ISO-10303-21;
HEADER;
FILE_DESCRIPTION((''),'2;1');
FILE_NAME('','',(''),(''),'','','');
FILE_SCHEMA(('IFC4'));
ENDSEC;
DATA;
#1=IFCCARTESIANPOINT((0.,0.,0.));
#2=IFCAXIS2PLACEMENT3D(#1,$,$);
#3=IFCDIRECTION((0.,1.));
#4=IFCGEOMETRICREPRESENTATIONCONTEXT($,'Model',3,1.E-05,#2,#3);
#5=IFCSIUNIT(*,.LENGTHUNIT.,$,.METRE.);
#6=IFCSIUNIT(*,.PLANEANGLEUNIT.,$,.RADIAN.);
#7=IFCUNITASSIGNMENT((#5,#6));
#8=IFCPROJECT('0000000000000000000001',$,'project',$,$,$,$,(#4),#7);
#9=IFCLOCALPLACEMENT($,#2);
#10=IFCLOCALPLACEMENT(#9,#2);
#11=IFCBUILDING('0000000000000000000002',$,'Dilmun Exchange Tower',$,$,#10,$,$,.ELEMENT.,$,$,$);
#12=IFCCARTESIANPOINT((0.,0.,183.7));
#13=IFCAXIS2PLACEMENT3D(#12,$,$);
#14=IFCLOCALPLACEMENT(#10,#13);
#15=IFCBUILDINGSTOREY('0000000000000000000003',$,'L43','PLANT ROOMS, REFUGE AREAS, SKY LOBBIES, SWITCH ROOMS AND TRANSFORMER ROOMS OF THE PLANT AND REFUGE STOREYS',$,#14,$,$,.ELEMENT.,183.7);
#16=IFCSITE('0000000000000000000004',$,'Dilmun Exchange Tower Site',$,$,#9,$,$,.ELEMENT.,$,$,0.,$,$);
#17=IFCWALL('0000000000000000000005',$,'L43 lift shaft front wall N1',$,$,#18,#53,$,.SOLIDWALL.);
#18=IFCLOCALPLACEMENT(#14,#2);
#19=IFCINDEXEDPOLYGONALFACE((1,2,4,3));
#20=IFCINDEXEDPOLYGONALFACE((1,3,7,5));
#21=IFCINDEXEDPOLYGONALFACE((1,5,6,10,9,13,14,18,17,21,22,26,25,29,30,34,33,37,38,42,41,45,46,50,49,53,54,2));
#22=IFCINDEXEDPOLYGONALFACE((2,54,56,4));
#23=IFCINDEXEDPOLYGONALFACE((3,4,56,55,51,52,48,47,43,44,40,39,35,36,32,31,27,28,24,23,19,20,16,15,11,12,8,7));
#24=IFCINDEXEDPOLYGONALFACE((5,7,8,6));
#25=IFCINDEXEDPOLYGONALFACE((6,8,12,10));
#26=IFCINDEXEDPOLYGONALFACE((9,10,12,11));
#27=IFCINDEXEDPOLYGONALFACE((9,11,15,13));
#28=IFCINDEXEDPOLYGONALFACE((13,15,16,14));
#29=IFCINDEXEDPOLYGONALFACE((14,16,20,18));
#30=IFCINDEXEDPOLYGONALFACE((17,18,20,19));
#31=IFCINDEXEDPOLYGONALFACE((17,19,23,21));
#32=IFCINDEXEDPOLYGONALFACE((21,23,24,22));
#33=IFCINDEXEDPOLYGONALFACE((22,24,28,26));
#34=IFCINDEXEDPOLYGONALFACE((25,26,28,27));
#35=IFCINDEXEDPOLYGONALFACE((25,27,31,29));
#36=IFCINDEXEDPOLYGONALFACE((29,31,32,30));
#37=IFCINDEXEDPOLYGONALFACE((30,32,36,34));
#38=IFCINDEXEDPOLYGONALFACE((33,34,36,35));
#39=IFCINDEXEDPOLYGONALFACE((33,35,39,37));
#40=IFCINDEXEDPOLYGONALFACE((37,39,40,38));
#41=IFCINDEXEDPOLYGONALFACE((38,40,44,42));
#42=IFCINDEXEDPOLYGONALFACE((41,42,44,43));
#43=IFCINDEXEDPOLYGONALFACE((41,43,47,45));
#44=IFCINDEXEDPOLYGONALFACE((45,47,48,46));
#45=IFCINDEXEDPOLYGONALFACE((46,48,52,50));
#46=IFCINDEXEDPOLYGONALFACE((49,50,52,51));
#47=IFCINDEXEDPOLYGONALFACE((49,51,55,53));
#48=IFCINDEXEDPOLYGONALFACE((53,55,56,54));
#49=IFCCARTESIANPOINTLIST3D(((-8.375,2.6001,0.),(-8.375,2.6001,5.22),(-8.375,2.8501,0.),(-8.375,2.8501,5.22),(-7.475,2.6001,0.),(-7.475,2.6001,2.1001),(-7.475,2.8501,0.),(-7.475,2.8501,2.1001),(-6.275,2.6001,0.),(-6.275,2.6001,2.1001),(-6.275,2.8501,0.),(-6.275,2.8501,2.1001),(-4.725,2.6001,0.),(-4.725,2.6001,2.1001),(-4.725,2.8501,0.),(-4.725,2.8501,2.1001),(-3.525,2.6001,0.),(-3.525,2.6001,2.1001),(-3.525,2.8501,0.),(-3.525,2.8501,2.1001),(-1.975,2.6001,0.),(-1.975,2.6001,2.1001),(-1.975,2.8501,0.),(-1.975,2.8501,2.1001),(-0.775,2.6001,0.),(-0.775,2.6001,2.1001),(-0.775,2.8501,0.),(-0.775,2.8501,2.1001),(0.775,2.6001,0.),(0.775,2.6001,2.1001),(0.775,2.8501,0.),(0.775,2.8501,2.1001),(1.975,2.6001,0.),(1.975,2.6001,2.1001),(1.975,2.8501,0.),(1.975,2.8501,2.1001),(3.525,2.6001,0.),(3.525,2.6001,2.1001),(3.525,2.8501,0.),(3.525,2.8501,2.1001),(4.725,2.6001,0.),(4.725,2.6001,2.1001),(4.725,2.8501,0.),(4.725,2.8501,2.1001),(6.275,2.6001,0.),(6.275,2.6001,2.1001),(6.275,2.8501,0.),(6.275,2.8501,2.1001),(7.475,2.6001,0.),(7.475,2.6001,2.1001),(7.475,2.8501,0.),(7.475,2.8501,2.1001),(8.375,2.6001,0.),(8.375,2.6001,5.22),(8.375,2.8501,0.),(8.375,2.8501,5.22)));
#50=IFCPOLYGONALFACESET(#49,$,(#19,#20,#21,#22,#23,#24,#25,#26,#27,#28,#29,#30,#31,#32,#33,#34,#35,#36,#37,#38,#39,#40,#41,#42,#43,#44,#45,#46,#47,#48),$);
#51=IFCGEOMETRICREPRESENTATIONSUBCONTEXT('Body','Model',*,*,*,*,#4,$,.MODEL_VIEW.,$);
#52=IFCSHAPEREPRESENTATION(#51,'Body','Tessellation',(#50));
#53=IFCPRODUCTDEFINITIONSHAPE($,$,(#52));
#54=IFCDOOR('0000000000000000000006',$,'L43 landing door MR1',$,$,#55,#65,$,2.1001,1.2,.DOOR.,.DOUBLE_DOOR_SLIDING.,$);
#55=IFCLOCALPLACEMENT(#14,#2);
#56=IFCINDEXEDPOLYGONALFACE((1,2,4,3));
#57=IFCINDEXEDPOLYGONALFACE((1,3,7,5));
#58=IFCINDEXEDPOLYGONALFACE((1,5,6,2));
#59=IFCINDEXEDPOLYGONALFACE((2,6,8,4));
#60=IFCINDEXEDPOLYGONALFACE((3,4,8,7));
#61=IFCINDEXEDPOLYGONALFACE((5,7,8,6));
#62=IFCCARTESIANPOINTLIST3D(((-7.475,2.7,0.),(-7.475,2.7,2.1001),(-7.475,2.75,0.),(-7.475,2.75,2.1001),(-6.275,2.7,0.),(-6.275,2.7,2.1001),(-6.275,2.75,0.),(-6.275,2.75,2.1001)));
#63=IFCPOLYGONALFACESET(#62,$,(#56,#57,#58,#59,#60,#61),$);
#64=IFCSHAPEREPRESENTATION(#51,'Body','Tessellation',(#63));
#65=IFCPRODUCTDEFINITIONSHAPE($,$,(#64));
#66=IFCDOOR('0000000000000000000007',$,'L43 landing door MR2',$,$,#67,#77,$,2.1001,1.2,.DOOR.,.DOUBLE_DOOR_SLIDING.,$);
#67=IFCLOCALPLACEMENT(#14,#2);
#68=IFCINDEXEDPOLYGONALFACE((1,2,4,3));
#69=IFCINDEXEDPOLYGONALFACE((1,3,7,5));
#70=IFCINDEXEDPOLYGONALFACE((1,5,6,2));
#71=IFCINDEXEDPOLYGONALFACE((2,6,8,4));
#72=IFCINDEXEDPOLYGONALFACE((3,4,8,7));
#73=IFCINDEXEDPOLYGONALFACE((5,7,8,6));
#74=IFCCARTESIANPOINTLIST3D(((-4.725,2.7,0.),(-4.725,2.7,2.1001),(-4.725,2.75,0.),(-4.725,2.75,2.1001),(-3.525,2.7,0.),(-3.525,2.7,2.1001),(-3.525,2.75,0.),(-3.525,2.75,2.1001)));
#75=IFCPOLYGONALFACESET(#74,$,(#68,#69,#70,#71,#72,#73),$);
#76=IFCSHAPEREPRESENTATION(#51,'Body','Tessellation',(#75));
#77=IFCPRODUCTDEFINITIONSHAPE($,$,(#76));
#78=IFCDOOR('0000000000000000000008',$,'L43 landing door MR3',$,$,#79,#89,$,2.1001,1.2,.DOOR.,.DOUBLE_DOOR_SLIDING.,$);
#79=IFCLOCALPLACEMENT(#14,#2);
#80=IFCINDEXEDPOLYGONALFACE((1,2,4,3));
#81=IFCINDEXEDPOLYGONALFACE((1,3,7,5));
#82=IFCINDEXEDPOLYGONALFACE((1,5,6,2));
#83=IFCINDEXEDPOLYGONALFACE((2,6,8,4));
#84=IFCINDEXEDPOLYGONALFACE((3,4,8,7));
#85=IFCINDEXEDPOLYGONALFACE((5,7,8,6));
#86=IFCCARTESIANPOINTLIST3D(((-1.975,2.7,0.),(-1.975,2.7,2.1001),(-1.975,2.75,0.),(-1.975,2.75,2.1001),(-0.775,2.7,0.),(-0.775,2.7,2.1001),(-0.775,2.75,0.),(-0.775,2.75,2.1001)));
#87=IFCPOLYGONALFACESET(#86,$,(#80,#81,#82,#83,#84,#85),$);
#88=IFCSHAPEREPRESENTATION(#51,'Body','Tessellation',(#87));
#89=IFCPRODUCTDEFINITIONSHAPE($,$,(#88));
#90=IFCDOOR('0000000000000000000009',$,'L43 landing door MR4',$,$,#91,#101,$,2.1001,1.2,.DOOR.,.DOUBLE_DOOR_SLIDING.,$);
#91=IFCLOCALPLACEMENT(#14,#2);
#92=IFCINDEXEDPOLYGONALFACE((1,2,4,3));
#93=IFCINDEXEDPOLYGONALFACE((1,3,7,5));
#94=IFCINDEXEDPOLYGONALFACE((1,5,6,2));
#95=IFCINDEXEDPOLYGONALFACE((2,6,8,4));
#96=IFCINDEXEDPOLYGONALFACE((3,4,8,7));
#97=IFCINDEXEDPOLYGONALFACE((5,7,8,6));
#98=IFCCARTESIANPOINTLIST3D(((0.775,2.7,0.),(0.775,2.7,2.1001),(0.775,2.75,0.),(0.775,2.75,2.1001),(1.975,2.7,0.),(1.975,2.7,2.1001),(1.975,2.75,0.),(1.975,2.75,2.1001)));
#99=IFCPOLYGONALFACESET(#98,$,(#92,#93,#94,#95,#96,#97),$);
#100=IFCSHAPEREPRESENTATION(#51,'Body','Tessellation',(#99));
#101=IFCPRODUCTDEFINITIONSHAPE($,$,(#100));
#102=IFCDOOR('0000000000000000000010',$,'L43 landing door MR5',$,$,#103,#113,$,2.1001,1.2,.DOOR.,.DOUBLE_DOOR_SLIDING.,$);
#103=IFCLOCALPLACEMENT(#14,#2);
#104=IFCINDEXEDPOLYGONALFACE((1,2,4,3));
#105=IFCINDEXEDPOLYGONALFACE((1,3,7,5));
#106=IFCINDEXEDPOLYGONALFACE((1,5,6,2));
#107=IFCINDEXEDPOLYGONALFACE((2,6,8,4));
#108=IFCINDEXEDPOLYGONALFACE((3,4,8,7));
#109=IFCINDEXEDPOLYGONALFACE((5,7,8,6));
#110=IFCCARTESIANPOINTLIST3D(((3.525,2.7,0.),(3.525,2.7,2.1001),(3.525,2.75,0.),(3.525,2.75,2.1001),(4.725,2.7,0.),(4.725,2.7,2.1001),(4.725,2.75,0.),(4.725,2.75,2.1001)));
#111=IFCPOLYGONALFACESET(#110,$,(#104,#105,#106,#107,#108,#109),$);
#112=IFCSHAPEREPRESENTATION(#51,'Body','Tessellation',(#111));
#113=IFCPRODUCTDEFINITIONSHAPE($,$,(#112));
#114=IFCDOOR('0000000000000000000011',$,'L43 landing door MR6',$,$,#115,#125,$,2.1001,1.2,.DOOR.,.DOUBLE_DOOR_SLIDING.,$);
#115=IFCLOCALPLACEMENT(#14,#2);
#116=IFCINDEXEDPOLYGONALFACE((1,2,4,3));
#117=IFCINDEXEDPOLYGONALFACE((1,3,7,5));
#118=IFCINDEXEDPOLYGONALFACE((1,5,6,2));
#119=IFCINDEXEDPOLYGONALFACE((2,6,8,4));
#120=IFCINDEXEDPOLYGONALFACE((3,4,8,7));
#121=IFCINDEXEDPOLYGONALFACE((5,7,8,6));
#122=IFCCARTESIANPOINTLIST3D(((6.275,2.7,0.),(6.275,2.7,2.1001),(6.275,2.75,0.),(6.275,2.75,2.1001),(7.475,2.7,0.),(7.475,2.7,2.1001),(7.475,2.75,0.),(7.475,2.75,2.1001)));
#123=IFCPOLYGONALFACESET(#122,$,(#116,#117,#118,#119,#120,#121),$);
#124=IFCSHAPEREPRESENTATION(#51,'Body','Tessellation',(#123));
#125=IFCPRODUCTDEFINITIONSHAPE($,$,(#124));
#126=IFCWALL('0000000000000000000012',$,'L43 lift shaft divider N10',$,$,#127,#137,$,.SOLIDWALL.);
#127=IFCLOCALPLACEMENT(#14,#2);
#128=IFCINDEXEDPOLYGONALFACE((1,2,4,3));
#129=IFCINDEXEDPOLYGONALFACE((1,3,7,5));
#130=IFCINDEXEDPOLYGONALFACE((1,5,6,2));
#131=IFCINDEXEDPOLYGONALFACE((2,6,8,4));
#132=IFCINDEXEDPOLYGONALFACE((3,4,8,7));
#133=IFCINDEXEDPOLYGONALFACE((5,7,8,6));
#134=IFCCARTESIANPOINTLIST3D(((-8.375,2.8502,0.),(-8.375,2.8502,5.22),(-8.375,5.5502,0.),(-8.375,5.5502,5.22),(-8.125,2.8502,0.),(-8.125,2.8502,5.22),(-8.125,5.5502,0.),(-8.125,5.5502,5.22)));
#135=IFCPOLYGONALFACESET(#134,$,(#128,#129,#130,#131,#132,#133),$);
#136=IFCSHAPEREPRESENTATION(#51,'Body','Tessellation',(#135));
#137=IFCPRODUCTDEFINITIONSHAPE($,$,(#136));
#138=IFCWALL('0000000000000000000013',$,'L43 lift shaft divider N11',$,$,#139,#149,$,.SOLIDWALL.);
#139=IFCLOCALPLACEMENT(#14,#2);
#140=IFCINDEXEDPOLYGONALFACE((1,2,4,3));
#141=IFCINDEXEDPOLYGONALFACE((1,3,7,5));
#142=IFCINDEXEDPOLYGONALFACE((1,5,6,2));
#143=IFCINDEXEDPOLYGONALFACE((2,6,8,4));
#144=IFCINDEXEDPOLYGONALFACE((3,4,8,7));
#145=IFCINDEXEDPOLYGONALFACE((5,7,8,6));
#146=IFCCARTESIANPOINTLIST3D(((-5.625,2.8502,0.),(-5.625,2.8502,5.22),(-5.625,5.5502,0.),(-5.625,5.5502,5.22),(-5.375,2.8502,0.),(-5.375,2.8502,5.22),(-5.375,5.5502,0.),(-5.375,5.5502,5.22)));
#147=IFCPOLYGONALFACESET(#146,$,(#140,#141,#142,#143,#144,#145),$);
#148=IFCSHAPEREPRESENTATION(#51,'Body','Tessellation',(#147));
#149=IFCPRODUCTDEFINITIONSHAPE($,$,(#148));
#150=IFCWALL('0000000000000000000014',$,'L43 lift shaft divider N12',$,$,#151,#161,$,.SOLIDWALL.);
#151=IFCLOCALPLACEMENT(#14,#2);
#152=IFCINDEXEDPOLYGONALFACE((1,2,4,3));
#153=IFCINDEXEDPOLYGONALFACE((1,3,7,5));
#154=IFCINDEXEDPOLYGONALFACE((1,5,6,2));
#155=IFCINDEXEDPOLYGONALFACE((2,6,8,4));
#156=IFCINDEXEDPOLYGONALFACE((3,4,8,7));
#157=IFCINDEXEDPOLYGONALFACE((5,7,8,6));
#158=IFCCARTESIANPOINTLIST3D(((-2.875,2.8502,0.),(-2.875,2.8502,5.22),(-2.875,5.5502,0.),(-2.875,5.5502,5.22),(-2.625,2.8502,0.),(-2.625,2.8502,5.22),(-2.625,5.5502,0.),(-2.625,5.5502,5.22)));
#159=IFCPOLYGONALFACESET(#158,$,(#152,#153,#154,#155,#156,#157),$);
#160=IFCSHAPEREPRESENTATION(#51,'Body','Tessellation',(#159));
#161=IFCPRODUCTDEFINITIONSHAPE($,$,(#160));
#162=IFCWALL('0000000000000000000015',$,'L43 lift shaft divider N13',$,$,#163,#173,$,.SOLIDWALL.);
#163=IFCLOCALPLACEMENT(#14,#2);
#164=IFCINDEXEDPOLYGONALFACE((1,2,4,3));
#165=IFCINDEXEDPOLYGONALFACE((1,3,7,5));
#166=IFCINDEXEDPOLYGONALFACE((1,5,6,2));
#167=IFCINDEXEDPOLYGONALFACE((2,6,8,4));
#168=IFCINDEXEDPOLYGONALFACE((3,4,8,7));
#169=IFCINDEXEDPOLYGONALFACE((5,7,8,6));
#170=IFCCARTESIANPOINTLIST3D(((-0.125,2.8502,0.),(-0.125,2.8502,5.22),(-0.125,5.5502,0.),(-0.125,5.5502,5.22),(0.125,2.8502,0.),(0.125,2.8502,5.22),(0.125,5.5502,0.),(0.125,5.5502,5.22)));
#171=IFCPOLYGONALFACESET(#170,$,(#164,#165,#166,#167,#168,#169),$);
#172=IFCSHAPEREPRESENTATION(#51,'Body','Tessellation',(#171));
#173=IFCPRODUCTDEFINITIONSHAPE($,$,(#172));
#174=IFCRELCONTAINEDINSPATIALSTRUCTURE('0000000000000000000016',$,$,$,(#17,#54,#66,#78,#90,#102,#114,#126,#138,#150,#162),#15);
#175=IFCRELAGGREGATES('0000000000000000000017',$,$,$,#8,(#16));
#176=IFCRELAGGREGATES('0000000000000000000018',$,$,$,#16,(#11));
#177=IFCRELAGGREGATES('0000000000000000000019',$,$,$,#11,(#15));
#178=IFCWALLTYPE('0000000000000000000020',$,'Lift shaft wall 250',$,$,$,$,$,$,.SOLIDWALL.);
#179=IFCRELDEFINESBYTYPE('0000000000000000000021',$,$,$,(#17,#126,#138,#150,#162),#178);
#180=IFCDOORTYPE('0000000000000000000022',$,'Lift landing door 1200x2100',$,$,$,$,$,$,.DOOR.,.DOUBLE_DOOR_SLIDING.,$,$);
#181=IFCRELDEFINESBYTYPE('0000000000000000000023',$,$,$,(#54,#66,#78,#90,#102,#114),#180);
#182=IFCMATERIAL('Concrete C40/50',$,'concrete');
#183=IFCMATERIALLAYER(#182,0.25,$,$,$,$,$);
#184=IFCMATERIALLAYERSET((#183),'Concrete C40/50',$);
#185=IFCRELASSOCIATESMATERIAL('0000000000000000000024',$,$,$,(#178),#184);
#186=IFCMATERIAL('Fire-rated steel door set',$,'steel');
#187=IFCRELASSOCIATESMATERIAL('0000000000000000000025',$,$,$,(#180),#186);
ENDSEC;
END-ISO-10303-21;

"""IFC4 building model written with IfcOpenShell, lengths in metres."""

from ifc_helpers import new_model, si_unit, direction, frame, frame_2d, origin, place, context, subcontext, project, spatial, rectangle, extrude, material, layer, layer_set, type_object, element, fill, save


model = new_model("IFC4")

# Units and contexts
model_context = context("Model", 3, precision=1e-05, world=origin(), true_north=direction((0.0, 1.0)))
body_context = subcontext(model_context, "Body", "Model", "MODEL_VIEW")
ifc_project = project(units=[si_unit("LENGTHUNIT", "METRE"), si_unit("PLANEANGLEUNIT", "RADIAN")], contexts=[model_context])

# Site, building, storey
site_placement = place(None, origin())
site = spatial("IfcSite", under=ifc_project, at=site_placement, Name="Dilmun Exchange Tower Site", CompositionType="ELEMENT", RefElevation=0.0)
building_placement = place(site_placement, origin())
building = spatial("IfcBuilding", under=site, at=building_placement, Name="Dilmun Exchange Tower", CompositionType="ELEMENT")
storey_placement = place(building_placement, frame((0.0, 0.0, 183.7)))
storey = spatial("IfcBuildingStorey", under=building, at=storey_placement, Name="L43", Description="PLANT ROOMS, REFUGE AREAS, SKY LOBBIES, SWITCH ROOMS AND TRANSFORMER ROOMS OF THE PLANT AND REFUGE STOREYS", CompositionType="ELEMENT", Elevation=183.7)

# Shared definitions
ifc_material_1 = material(Name="Concrete C40/50", Category="concrete")

# Shared definitions
ifc_material_2 = material(Name="Fire-rated steel door set", Category="steel")

# Wall, openings, doors
ifc_layer_1 = layer(ifc_material_1, 0.25)
ifc_layer_set_1 = layer_set([ifc_layer_1], Name="Concrete C40/50")
wall_type_1 = type_object("IfcWallType", Name="Lift shaft wall 250", PredefinedType="SOLIDWALL", material=ifc_layer_set_1)
wall_1_placement = place(storey_placement, frame((-8.375, 2.7251, 0.0), z_axis=(0.0, 0.0, 1.0), x_axis=(1.0, 0.0, 0.0)))
wall_1 = element("IfcWall", 1, at=wall_1_placement, inside=storey, type_object=wall_type_1, Name="L43 lift shaft front wall N1", PredefinedType="SOLIDWALL", context=body_context, shape_type="SweptSolid", body=[
    extrude(rectangle(XDim=16.75, YDim=0.25, at=frame_2d((8.375, 0.0))), origin(), (0.0, 0.0, 1.0), 5.22),
])
opening_1_placement = place(wall_1_placement, frame((0.8999, 0.0, 0.0)))
opening_1 = element("IfcOpeningElement", 2, at=opening_1_placement, cuts=wall_1, PredefinedType="OPENING", context=body_context, shape_type="SweptSolid", body=[
    extrude(rectangle(XDim=1.2, YDim=2.1001, at=frame_2d((0.6001, 1.05))), frame((0.0, 0.135, 0.0), z_axis=(0.0, -1.0, 0.0), x_axis=(1.0, 0.0, 0.0)), (0.0, 0.0, 1.0), 0.27),
])
opening_2_placement = place(wall_1_placement, frame((3.6499, 0.0, 0.0)))
opening_2 = element("IfcOpeningElement", 3, at=opening_2_placement, cuts=wall_1, PredefinedType="OPENING", context=body_context, shape_type="SweptSolid", body=[
    extrude(rectangle(XDim=1.2, YDim=2.1001, at=frame_2d((0.6001, 1.05))), frame((0.0, 0.135, 0.0), z_axis=(0.0, -1.0, 0.0), x_axis=(1.0, 0.0, 0.0)), (0.0, 0.0, 1.0), 0.27),
])
opening_3_placement = place(wall_1_placement, frame((6.3999, 0.0, 0.0)))
opening_3 = element("IfcOpeningElement", 4, at=opening_3_placement, cuts=wall_1, PredefinedType="OPENING", context=body_context, shape_type="SweptSolid", body=[
    extrude(rectangle(XDim=1.2, YDim=2.1001, at=frame_2d((0.6001, 1.05))), frame((0.0, 0.135, 0.0), z_axis=(0.0, -1.0, 0.0), x_axis=(1.0, 0.0, 0.0)), (0.0, 0.0, 1.0), 0.27),
])
opening_4_placement = place(wall_1_placement, frame((9.1499, 0.0, 0.0)))
opening_4 = element("IfcOpeningElement", 5, at=opening_4_placement, cuts=wall_1, PredefinedType="OPENING", context=body_context, shape_type="SweptSolid", body=[
    extrude(rectangle(XDim=1.2, YDim=2.1001, at=frame_2d((0.6001, 1.05))), frame((0.0, 0.135, 0.0), z_axis=(0.0, -1.0, 0.0), x_axis=(1.0, 0.0, 0.0)), (0.0, 0.0, 1.0), 0.27),
])
opening_5_placement = place(wall_1_placement, frame((11.8999, 0.0, 0.0)))
opening_5 = element("IfcOpeningElement", 6, at=opening_5_placement, cuts=wall_1, PredefinedType="OPENING", context=body_context, shape_type="SweptSolid", body=[
    extrude(rectangle(XDim=1.2, YDim=2.1001, at=frame_2d((0.6001, 1.05))), frame((0.0, 0.135, 0.0), z_axis=(0.0, -1.0, 0.0), x_axis=(1.0, 0.0, 0.0)), (0.0, 0.0, 1.0), 0.27),
])
opening_6_placement = place(wall_1_placement, frame((14.6499, 0.0, 0.0)))
opening_6 = element("IfcOpeningElement", 7, at=opening_6_placement, cuts=wall_1, PredefinedType="OPENING", context=body_context, shape_type="SweptSolid", body=[
    extrude(rectangle(XDim=1.2, YDim=2.1001, at=frame_2d((0.6001, 1.05))), frame((0.0, 0.135, 0.0), z_axis=(0.0, -1.0, 0.0), x_axis=(1.0, 0.0, 0.0)), (0.0, 0.0, 1.0), 0.27),
])
door_type_1 = type_object("IfcDoorType", Name="Lift landing door 1200x2100", OperationType="DOUBLE_DOOR_SLIDING", PredefinedType="DOOR", material=ifc_material_2)
door_1_placement = place(opening_1_placement, origin())
door_1 = element("IfcDoor", 8, at=door_1_placement, inside=storey, type_object=door_type_1, Name="L43 landing door MR1", OperationType="DOUBLE_DOOR_SLIDING", OverallHeight=2.1001, OverallWidth=1.2, PredefinedType="DOOR", context=body_context, shape_type="SweptSolid", body=[
    extrude(rectangle(XDim=1.2, YDim=2.1001, at=frame_2d((0.6001, 1.05))), frame((0.0, 0.0249, 0.0), z_axis=(0.0, -1.0, 0.0), x_axis=(1.0, 0.0, 0.0)), (0.0, 0.0, 1.0), 0.05),
])
fill(opening_1, door_1)
door_2_placement = place(opening_2_placement, origin())
door_2 = element("IfcDoor", 9, at=door_2_placement, inside=storey, type_object=door_type_1, Name="L43 landing door MR2", OperationType="DOUBLE_DOOR_SLIDING", OverallHeight=2.1001, OverallWidth=1.2, PredefinedType="DOOR", context=body_context, shape_type="SweptSolid", body=[
    extrude(rectangle(XDim=1.2, YDim=2.1001, at=frame_2d((0.6001, 1.05))), frame((0.0, 0.0249, 0.0), z_axis=(0.0, -1.0, 0.0), x_axis=(1.0, 0.0, 0.0)), (0.0, 0.0, 1.0), 0.05),
])
fill(opening_2, door_2)
door_3_placement = place(opening_3_placement, origin())
door_3 = element("IfcDoor", 10, at=door_3_placement, inside=storey, type_object=door_type_1, Name="L43 landing door MR3", OperationType="DOUBLE_DOOR_SLIDING", OverallHeight=2.1001, OverallWidth=1.2, PredefinedType="DOOR", context=body_context, shape_type="SweptSolid", body=[
    extrude(rectangle(XDim=1.2, YDim=2.1001, at=frame_2d((0.6001, 1.05))), frame((0.0, 0.0249, 0.0), z_axis=(0.0, -1.0, 0.0), x_axis=(1.0, 0.0, 0.0)), (0.0, 0.0, 1.0), 0.05),
])
fill(opening_3, door_3)
door_4_placement = place(opening_4_placement, origin())
door_4 = element("IfcDoor", 11, at=door_4_placement, inside=storey, type_object=door_type_1, Name="L43 landing door MR4", OperationType="DOUBLE_DOOR_SLIDING", OverallHeight=2.1001, OverallWidth=1.2, PredefinedType="DOOR", context=body_context, shape_type="SweptSolid", body=[
    extrude(rectangle(XDim=1.2, YDim=2.1001, at=frame_2d((0.6001, 1.05))), frame((0.0, 0.0249, 0.0), z_axis=(0.0, -1.0, 0.0), x_axis=(1.0, 0.0, 0.0)), (0.0, 0.0, 1.0), 0.05),
])
fill(opening_4, door_4)
door_5_placement = place(opening_5_placement, origin())
door_5 = element("IfcDoor", 12, at=door_5_placement, inside=storey, type_object=door_type_1, Name="L43 landing door MR5", OperationType="DOUBLE_DOOR_SLIDING", OverallHeight=2.1001, OverallWidth=1.2, PredefinedType="DOOR", context=body_context, shape_type="SweptSolid", body=[
    extrude(rectangle(XDim=1.2, YDim=2.1001, at=frame_2d((0.6001, 1.05))), frame((0.0, 0.0249, 0.0), z_axis=(0.0, -1.0, 0.0), x_axis=(1.0, 0.0, 0.0)), (0.0, 0.0, 1.0), 0.05),
])
fill(opening_5, door_5)
door_6_placement = place(opening_6_placement, origin())
door_6 = element("IfcDoor", 13, at=door_6_placement, inside=storey, type_object=door_type_1, Name="L43 landing door MR6", OperationType="DOUBLE_DOOR_SLIDING", OverallHeight=2.1001, OverallWidth=1.2, PredefinedType="DOOR", context=body_context, shape_type="SweptSolid", body=[
    extrude(rectangle(XDim=1.2, YDim=2.1001, at=frame_2d((0.6001, 1.05))), frame((0.0, 0.0249, 0.0), z_axis=(0.0, -1.0, 0.0), x_axis=(1.0, 0.0, 0.0)), (0.0, 0.0, 1.0), 0.05),
])
fill(opening_6, door_6)

# Walls
for number, where, z_axis, x_axis, name in (
    (14, (-8.25, 2.8501, 0.0), (0.0, 0.0, 1.0), (0.0, 1.0, 0.0), "L43 lift shaft divider N10"),
    (15, (-5.5, 2.8501, 0.0), (0.0, 0.0, 1.0), (0.0, 1.0, 0.0), "L43 lift shaft divider N11"),
    (16, (-2.75, 2.8501, 0.0), (0.0, 0.0, 1.0), (0.0, 1.0, 0.0), "L43 lift shaft divider N12"),
    (17, (0.0, 2.8501, 0.0), (0.0, 0.0, 1.0), (0.0, 1.0, 0.0), "L43 lift shaft divider N13"),
):
    element("IfcWall", number, at=place(storey_placement, frame(where, z_axis=z_axis, x_axis=x_axis)), inside=storey, type_object=wall_type_1, Name=name, PredefinedType="SOLIDWALL", context=body_context, shape_type="SweptSolid", body=[
        extrude(rectangle(XDim=2.7, YDim=0.25, at=frame_2d((1.3501, 0.0))), origin(), (0.0, 0.0, 1.0), 5.22),
    ])

save(model, "model.ifc")
